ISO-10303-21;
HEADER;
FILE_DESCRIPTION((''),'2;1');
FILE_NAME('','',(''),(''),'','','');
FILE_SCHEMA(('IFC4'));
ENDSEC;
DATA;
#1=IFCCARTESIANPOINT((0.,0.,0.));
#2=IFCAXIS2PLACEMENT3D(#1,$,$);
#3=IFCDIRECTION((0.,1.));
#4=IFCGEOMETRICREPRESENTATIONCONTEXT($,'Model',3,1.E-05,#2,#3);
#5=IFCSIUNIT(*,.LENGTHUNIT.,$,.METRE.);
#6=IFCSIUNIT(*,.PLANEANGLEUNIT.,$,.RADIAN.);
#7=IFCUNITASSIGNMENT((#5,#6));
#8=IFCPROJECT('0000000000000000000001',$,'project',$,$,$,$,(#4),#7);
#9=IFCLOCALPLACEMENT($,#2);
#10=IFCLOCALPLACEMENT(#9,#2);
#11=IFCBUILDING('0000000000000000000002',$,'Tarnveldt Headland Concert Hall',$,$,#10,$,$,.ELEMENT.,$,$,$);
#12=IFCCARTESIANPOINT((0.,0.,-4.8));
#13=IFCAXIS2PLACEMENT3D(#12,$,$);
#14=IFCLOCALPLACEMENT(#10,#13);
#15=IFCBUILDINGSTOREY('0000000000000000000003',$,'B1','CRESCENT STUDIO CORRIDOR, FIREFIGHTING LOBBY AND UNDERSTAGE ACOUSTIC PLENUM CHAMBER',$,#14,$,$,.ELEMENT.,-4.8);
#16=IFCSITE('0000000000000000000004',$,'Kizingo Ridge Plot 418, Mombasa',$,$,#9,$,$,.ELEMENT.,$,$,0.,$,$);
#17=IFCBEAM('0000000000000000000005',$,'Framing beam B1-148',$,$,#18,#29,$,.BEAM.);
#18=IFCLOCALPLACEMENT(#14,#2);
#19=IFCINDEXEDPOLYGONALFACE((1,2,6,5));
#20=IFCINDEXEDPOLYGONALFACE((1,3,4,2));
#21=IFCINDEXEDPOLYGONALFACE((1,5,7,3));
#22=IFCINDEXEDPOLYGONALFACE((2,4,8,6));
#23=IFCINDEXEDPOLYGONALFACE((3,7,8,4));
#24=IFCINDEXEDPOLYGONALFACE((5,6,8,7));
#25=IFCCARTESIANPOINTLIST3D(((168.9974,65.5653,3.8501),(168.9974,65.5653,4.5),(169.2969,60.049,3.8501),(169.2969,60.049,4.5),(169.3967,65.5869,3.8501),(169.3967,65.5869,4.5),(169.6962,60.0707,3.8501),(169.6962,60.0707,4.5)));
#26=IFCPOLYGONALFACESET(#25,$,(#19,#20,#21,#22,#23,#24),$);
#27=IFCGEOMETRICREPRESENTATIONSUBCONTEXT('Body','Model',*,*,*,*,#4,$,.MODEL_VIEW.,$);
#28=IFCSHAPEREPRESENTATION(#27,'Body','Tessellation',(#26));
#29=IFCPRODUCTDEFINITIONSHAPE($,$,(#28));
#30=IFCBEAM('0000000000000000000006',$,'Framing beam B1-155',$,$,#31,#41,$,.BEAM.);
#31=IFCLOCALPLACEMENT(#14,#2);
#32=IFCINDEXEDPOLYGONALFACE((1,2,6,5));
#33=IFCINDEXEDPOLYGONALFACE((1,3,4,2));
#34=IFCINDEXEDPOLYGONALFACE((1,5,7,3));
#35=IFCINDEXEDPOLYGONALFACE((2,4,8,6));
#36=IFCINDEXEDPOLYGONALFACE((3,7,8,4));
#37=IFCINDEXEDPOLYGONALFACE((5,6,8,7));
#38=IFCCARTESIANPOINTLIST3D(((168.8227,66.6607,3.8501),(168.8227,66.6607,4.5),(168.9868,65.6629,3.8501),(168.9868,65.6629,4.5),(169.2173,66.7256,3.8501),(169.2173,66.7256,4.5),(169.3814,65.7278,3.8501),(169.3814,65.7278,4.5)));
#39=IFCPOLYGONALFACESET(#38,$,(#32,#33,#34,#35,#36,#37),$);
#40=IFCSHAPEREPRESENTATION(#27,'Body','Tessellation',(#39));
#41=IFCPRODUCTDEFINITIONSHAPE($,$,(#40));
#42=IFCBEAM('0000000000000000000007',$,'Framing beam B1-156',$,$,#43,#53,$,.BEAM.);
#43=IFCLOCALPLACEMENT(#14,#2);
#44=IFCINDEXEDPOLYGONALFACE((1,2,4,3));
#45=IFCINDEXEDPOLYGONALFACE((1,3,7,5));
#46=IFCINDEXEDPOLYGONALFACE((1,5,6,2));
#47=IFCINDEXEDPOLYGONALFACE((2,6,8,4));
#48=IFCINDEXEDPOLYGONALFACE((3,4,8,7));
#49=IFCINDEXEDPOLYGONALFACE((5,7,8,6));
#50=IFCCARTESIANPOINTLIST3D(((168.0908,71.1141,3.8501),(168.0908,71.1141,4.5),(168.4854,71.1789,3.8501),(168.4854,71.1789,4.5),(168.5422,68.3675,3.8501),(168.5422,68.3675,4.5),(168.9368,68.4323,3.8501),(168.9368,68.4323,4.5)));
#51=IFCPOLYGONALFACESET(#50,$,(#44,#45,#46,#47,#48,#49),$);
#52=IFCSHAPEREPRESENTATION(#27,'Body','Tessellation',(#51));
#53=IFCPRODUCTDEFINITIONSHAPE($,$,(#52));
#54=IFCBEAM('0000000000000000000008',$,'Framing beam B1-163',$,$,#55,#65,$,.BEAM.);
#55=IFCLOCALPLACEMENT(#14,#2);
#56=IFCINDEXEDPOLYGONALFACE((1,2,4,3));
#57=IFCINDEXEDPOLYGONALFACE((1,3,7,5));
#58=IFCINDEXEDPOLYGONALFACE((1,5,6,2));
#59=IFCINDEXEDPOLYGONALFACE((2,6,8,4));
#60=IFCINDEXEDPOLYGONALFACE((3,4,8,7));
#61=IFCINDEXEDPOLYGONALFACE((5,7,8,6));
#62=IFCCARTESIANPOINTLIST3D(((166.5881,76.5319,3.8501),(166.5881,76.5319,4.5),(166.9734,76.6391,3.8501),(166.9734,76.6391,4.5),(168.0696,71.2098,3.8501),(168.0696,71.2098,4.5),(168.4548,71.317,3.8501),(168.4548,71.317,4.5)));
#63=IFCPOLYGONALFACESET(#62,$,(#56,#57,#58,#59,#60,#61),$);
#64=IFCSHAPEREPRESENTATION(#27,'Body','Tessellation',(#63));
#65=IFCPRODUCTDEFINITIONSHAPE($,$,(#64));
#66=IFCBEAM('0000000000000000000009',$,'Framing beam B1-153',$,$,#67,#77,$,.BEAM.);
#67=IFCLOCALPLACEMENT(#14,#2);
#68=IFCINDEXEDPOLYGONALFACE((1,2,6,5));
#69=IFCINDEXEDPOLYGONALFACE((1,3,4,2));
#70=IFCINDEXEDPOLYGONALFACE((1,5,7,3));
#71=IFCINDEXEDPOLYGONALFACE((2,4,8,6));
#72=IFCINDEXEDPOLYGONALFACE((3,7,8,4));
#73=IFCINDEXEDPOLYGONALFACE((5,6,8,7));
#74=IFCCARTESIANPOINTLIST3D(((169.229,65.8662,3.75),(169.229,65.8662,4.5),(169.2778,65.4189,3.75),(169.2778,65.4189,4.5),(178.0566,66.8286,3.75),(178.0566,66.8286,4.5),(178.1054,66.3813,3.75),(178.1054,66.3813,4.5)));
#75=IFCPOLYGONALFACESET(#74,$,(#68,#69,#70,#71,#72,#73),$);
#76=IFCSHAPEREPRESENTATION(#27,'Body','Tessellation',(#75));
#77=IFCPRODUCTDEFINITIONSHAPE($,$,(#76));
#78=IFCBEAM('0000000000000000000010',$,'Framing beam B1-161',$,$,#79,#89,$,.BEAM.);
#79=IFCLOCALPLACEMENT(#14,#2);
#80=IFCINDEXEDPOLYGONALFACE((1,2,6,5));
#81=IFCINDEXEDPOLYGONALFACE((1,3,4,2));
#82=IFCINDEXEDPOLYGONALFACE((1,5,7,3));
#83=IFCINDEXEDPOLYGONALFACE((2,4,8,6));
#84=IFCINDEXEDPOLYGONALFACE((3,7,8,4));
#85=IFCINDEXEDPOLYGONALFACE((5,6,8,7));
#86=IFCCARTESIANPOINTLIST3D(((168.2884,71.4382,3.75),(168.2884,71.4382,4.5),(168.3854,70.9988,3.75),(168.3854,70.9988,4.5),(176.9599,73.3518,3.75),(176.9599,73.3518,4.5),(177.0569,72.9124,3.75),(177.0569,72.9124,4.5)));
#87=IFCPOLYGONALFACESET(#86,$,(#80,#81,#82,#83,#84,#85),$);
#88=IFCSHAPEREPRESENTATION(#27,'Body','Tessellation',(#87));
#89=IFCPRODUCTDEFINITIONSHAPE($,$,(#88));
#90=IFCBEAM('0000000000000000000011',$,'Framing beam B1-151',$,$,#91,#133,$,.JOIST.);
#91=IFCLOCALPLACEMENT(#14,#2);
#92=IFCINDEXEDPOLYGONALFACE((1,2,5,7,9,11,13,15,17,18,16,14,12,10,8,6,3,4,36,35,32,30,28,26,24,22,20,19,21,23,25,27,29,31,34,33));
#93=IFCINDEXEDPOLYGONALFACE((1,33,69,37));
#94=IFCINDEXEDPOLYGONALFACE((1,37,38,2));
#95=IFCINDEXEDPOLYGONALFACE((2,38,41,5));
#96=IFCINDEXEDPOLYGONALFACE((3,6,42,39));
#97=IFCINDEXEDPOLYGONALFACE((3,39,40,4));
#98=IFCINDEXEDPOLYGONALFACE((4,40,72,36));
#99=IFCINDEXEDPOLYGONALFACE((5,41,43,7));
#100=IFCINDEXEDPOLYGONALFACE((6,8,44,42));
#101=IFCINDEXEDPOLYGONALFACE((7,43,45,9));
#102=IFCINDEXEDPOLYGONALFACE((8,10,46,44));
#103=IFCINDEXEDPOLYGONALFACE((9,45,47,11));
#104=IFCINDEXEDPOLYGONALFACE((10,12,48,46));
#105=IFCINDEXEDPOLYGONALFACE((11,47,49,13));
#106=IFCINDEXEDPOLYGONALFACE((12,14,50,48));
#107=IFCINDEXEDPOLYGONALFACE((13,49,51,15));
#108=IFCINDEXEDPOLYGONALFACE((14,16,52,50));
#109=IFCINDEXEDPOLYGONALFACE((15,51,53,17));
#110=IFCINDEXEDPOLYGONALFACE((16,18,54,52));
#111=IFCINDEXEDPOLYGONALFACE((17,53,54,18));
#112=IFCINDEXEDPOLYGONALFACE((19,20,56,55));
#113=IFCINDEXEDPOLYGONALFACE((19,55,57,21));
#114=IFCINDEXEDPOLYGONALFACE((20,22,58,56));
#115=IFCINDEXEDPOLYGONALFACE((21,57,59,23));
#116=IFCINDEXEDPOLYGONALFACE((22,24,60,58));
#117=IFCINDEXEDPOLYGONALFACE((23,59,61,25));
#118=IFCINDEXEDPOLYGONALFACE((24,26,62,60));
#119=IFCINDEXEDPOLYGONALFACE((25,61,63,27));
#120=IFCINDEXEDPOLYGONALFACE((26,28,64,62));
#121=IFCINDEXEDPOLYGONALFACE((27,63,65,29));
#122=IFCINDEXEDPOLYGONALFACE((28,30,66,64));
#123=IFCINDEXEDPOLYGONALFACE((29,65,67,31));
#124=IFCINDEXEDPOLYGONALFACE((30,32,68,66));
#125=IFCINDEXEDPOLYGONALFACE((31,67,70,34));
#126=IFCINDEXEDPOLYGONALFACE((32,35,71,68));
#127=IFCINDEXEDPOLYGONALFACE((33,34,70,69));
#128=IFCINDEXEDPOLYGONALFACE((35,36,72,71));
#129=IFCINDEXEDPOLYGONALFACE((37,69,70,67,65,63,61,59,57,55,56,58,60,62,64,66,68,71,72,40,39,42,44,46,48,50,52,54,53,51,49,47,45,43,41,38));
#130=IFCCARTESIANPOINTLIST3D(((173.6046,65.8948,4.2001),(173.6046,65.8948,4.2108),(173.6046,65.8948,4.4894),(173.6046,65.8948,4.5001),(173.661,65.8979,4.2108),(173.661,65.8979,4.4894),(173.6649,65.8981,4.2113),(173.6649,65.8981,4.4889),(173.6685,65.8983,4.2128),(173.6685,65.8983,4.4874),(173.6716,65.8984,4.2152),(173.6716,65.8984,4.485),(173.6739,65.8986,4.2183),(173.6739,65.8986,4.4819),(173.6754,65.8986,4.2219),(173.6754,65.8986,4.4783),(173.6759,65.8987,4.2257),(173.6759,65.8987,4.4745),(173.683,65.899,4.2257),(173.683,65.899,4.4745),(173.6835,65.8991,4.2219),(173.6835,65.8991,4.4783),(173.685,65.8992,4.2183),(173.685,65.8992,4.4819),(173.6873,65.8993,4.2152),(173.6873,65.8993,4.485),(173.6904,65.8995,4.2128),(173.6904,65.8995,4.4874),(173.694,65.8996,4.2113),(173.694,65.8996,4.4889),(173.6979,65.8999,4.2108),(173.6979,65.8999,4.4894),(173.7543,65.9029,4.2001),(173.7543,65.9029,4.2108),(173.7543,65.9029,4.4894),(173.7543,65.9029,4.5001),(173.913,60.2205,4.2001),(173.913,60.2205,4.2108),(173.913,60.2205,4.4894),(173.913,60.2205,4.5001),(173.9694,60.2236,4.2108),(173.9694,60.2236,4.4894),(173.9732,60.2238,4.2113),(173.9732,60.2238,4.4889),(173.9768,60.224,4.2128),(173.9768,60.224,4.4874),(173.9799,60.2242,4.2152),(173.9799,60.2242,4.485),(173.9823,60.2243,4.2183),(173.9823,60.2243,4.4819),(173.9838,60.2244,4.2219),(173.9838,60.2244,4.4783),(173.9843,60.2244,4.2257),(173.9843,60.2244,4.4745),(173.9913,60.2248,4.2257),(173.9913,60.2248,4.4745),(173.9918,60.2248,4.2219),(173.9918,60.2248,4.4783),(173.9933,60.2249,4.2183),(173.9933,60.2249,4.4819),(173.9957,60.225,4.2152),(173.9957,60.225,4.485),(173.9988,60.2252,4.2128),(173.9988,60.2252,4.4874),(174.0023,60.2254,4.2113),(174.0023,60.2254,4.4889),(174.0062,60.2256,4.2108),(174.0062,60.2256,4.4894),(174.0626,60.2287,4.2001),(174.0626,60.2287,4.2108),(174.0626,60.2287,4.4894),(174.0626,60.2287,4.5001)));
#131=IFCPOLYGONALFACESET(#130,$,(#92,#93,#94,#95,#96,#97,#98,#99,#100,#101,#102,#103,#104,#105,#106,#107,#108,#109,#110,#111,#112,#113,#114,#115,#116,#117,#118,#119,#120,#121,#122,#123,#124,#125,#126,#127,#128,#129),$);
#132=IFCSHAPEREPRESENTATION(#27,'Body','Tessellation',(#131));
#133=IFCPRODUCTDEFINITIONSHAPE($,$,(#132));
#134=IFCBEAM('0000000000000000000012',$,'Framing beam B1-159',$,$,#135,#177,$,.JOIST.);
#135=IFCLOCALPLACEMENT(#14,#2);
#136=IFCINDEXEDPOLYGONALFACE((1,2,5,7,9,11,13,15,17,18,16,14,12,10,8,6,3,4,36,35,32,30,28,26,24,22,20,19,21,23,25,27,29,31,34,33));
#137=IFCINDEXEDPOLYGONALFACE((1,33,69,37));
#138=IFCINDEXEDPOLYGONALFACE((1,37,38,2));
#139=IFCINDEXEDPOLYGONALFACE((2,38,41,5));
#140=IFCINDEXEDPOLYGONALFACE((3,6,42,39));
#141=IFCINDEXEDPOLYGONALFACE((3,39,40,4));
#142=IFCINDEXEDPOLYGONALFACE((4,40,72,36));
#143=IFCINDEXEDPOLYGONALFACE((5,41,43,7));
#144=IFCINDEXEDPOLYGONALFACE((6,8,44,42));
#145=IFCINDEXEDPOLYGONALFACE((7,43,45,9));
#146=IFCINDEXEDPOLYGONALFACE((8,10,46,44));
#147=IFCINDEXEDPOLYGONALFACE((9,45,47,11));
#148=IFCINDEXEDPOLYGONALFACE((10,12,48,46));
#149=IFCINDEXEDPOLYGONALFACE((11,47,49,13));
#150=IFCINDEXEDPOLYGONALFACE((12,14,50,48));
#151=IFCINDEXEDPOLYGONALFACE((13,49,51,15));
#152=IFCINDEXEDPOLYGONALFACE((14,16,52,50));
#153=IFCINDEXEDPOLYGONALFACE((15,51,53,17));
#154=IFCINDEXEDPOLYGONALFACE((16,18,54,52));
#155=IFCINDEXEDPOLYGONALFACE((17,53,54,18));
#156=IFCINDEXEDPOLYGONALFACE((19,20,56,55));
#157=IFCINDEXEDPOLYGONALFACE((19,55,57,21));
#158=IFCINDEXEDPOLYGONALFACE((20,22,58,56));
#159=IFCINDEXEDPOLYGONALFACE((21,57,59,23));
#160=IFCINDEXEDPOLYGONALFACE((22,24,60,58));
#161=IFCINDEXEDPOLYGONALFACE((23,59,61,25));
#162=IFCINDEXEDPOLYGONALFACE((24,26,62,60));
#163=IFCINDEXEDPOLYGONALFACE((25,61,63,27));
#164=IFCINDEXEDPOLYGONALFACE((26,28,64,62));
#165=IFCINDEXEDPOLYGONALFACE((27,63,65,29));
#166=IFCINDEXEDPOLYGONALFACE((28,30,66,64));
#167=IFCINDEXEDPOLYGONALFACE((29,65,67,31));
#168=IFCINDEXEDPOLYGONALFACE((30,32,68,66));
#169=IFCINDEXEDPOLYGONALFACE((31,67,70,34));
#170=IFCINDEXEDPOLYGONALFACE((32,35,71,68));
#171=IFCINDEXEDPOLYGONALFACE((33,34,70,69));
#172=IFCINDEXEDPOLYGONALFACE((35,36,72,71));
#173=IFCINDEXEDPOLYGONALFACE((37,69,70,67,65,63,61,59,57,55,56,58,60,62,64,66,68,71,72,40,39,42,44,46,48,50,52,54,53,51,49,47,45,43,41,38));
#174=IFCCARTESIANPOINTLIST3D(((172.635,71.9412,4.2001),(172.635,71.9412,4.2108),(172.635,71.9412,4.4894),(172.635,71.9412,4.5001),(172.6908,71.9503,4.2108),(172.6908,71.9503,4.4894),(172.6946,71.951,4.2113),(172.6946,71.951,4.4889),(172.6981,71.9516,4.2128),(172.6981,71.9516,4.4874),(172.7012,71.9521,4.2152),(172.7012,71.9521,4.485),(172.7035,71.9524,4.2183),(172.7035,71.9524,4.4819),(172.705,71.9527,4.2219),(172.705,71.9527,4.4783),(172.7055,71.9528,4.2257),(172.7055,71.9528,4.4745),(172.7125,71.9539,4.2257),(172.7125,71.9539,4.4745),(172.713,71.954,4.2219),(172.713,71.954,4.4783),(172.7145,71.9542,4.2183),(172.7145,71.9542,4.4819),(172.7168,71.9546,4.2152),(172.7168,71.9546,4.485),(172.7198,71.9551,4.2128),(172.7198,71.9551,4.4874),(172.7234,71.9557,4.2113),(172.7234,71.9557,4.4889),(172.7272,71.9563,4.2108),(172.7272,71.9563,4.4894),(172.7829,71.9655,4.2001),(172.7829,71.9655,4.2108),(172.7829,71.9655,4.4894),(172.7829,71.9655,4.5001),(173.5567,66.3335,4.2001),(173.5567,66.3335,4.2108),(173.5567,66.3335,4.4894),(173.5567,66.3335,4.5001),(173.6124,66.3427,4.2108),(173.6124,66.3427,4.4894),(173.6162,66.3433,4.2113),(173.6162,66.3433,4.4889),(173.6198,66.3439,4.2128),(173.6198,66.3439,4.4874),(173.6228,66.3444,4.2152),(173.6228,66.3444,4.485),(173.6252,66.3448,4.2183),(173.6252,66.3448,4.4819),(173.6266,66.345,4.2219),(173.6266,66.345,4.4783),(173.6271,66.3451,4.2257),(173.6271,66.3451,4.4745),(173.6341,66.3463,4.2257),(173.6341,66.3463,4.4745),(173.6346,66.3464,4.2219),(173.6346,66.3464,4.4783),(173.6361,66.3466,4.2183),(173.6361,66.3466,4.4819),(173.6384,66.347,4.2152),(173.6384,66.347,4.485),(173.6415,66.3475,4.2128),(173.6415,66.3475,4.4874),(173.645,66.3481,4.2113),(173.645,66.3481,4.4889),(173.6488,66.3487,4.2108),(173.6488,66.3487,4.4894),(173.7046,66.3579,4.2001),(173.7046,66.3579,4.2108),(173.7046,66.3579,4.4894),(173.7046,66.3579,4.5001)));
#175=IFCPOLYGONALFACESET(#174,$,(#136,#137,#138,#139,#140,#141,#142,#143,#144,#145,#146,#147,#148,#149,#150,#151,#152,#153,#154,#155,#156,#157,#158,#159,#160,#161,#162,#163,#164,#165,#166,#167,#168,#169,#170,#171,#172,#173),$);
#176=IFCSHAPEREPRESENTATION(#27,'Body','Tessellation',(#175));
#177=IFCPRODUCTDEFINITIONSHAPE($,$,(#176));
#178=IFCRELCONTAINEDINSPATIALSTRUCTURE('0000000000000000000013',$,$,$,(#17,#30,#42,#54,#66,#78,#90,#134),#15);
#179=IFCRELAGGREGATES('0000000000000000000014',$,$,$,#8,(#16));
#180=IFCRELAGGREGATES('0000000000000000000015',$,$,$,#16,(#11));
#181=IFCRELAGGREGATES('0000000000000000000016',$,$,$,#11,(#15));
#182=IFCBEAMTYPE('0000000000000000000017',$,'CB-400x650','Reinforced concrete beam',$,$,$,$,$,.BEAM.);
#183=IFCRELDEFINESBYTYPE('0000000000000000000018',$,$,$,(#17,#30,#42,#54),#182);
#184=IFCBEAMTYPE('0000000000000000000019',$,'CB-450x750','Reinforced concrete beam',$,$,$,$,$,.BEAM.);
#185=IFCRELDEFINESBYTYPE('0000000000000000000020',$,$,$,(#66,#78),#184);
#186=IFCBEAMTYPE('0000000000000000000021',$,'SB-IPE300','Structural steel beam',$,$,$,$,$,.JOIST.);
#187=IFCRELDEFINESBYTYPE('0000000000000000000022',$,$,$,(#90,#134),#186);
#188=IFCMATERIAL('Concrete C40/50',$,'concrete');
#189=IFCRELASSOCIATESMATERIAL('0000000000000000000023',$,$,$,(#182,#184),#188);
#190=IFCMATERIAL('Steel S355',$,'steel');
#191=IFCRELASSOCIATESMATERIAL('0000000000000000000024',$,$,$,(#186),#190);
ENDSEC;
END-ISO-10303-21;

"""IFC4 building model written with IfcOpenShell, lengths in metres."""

from ifc_helpers import new_model, si_unit, direction, frame, origin, origin_2d, place, context, subcontext, project, spatial, rectangle, i_section, extrude, material, material_profile, profile_set, type_object, element, save


model = new_model("IFC4")

# Units and contexts
model_context = context("Model", 3, precision=1e-05, world=origin(), true_north=direction((0.0, 1.0)))
body_context = subcontext(model_context, "Body", "Model", "MODEL_VIEW")
ifc_project = project(units=[si_unit("LENGTHUNIT", "METRE"), si_unit("PLANEANGLEUNIT", "RADIAN")], contexts=[model_context])

# Site, building, storey
site_placement = place(None, origin())
site = spatial("IfcSite", under=ifc_project, at=site_placement, Name="Kizingo Ridge Plot 418, Mombasa", CompositionType="ELEMENT", RefElevation=0.0)
building_placement = place(site_placement, origin())
building = spatial("IfcBuilding", under=site, at=building_placement, Name="Tarnveldt Headland Concert Hall", CompositionType="ELEMENT")
storey_placement = place(building_placement, frame((0.0, 0.0, -4.8)))
storey = spatial("IfcBuildingStorey", under=building, at=storey_placement, Name="B1", Description="CRESCENT STUDIO CORRIDOR, FIREFIGHTING LOBBY AND UNDERSTAGE ACOUSTIC PLENUM CHAMBER", CompositionType="ELEMENT", Elevation=-4.8)

# Shared definitions
ifc_material_1 = material(Name="Concrete C40/50", Category="concrete")

# Beams
ifc_material_profile_1 = material_profile(ifc_material_1, rectangle(XDim=0.3999, YDim=0.6499, at=origin_2d()), Name="RC 400x650", Category="concrete")
ifc_profile_set_1 = profile_set([ifc_material_profile_1], Name="Concrete C40/50")
beam_type_1 = type_object("IfcBeamType", Name="CB-400x650", Description="Reinforced concrete beam", PredefinedType="BEAM", material=ifc_profile_set_1)
beam_1_placement = place(storey_placement, frame((169.4966, 60.0598, 4.175), z_axis=(-0.054224, 0.998529, 0.0), x_axis=(-0.998529, -0.054224, 0.0)))
element("IfcBeam", 1, at=beam_1_placement, inside=storey, type_object=beam_type_1, Name="Framing beam B1-148", PredefinedType="BEAM", context=body_context, shape_type="SweptSolid", body=[
    extrude(rectangle(XDim=0.3999, YDim=0.6499, at=origin_2d()), origin(), (0.0, 0.0, 1.0), 5.5244),
])
beam_2_placement = place(storey_placement, frame((169.1841, 65.6953, 4.175), z_axis=(-0.162245, 0.98675, 0.0), x_axis=(-0.98675, -0.162245, 0.0)))
element("IfcBeam", 2, at=beam_2_placement, inside=storey, type_object=beam_type_1, Name="Framing beam B1-155", PredefinedType="BEAM", context=body_context, shape_type="SweptSolid", body=[
    extrude(rectangle(XDim=0.3999, YDim=0.6499, at=origin_2d()), origin(), (0.0, 0.0, 1.0), 1.0112),
])
beam_3_placement = place(storey_placement, frame((168.7395, 68.3999, 4.175), z_axis=(-0.16218, 0.986761, 0.0), x_axis=(-0.986761, -0.16218, 0.0)))
element("IfcBeam", 3, at=beam_3_placement, inside=storey, type_object=beam_type_1, Name="Framing beam B1-156", PredefinedType="BEAM", context=body_context, shape_type="SweptSolid", body=[
    extrude(rectangle(XDim=0.3999, YDim=0.6499, at=origin_2d()), origin(), (0.0, 0.0, 1.0), 2.7834),
])
beam_4_placement = place(storey_placement, frame((168.2622, 71.2634, 4.175), z_axis=(-0.268166, 0.963373, 0.0), x_axis=(-0.963373, -0.268166, 0.0)))
element("IfcBeam", 4, at=beam_4_placement, inside=storey, type_object=beam_type_1, Name="Framing beam B1-163", PredefinedType="BEAM", context=body_context, shape_type="SweptSolid", body=[
    extrude(rectangle(XDim=0.3999, YDim=0.6499, at=origin_2d()), origin(), (0.0, 0.0, 1.0), 5.5244),
])
ifc_material_profile_2 = material_profile(ifc_material_1, rectangle(XDim=0.45, YDim=0.75, at=origin_2d()), Name="RC 450x750", Category="concrete")
ifc_profile_set_2 = profile_set([ifc_material_profile_2], Name="Concrete C40/50")
beam_type_2 = type_object("IfcBeamType", Name="CB-450x750", Description="Reinforced concrete beam", PredefinedType="BEAM", material=ifc_profile_set_2)
beam_5_placement = place(storey_placement, frame((169.2534, 65.6426, 4.125), z_axis=(0.99411, 0.108379, 0.0), x_axis=(-0.108379, 0.99411, 0.0)))
element("IfcBeam", 5, at=beam_5_placement, inside=storey, type_object=beam_type_2, Name="Framing beam B1-153", PredefinedType="BEAM", context=body_context, shape_type="SweptSolid", body=[
    extrude(rectangle(XDim=0.45, YDim=0.75, at=origin_2d()), origin(), (0.0, 0.0, 1.0), 8.8799),
])
beam_6_placement = place(storey_placement, frame((168.3369, 71.2185, 4.125), z_axis=(0.976506, 0.215492, 0.0), x_axis=(-0.215492, 0.976506, 0.0)))
element("IfcBeam", 6, at=beam_6_placement, inside=storey, type_object=beam_type_2, Name="Framing beam B1-161", PredefinedType="BEAM", context=body_context, shape_type="SweptSolid", body=[
    extrude(rectangle(XDim=0.45, YDim=0.75, at=origin_2d()), origin(), (0.0, 0.0, 1.0), 8.8801),
])
ifc_material_2 = material(Name="Steel S355", Category="steel")
ifc_material_profile_3 = material_profile(ifc_material_2, i_section(OverallWidth=0.1499, OverallDepth=0.3, WebThickness=0.0071, FlangeThickness=0.0107, FilletRadius=0.0149, at=origin_2d()), Name="IPE300", Category="steel")
ifc_profile_set_3 = profile_set([ifc_material_profile_3], Name="Steel S355")
beam_type_3 = type_object("IfcBeamType", Name="SB-IPE300", Description="Structural steel beam", PredefinedType="JOIST", material=ifc_profile_set_3)
beam_7_placement = place(storey_placement, frame((173.9878, 60.2246, 4.3501), z_axis=(-0.054261, 0.998527, 0.0), x_axis=(-0.998527, -0.054261, 0.0)))
element("IfcBeam", 7, at=beam_7_placement, inside=storey, type_object=beam_type_3, Name="Framing beam B1-151", PredefinedType="JOIST", context=body_context, shape_type="SweptSolid", body=[
    extrude(i_section(OverallWidth=0.1499, OverallDepth=0.3, WebThickness=0.0071, FlangeThickness=0.0107, FilletRadius=0.0149, at=origin_2d()), origin(), (0.0, 0.0, 1.0), 5.6826),
])
for number, where, z_axis, x_axis, name in (
    (8, (173.6306, 66.3457, 4.3501), (-0.162176, 0.986762, 0.0), (-0.986762, -0.162176, 0.0), "Framing beam B1-159"),
):
    element("IfcBeam", number, at=place(storey_placement, frame(where, z_axis=z_axis, x_axis=x_axis)), inside=storey, type_object=beam_type_3, Name=name, PredefinedType="JOIST", context=body_context, shape_type="SweptSolid", body=[
        extrude(i_section(OverallWidth=0.1499, OverallDepth=0.3, WebThickness=0.0071, FlangeThickness=0.0107, FilletRadius=0.0149, at=origin_2d()), origin(), (0.0, 0.0, 1.0), 5.6829),
    ])

save(model, "model.ifc")
